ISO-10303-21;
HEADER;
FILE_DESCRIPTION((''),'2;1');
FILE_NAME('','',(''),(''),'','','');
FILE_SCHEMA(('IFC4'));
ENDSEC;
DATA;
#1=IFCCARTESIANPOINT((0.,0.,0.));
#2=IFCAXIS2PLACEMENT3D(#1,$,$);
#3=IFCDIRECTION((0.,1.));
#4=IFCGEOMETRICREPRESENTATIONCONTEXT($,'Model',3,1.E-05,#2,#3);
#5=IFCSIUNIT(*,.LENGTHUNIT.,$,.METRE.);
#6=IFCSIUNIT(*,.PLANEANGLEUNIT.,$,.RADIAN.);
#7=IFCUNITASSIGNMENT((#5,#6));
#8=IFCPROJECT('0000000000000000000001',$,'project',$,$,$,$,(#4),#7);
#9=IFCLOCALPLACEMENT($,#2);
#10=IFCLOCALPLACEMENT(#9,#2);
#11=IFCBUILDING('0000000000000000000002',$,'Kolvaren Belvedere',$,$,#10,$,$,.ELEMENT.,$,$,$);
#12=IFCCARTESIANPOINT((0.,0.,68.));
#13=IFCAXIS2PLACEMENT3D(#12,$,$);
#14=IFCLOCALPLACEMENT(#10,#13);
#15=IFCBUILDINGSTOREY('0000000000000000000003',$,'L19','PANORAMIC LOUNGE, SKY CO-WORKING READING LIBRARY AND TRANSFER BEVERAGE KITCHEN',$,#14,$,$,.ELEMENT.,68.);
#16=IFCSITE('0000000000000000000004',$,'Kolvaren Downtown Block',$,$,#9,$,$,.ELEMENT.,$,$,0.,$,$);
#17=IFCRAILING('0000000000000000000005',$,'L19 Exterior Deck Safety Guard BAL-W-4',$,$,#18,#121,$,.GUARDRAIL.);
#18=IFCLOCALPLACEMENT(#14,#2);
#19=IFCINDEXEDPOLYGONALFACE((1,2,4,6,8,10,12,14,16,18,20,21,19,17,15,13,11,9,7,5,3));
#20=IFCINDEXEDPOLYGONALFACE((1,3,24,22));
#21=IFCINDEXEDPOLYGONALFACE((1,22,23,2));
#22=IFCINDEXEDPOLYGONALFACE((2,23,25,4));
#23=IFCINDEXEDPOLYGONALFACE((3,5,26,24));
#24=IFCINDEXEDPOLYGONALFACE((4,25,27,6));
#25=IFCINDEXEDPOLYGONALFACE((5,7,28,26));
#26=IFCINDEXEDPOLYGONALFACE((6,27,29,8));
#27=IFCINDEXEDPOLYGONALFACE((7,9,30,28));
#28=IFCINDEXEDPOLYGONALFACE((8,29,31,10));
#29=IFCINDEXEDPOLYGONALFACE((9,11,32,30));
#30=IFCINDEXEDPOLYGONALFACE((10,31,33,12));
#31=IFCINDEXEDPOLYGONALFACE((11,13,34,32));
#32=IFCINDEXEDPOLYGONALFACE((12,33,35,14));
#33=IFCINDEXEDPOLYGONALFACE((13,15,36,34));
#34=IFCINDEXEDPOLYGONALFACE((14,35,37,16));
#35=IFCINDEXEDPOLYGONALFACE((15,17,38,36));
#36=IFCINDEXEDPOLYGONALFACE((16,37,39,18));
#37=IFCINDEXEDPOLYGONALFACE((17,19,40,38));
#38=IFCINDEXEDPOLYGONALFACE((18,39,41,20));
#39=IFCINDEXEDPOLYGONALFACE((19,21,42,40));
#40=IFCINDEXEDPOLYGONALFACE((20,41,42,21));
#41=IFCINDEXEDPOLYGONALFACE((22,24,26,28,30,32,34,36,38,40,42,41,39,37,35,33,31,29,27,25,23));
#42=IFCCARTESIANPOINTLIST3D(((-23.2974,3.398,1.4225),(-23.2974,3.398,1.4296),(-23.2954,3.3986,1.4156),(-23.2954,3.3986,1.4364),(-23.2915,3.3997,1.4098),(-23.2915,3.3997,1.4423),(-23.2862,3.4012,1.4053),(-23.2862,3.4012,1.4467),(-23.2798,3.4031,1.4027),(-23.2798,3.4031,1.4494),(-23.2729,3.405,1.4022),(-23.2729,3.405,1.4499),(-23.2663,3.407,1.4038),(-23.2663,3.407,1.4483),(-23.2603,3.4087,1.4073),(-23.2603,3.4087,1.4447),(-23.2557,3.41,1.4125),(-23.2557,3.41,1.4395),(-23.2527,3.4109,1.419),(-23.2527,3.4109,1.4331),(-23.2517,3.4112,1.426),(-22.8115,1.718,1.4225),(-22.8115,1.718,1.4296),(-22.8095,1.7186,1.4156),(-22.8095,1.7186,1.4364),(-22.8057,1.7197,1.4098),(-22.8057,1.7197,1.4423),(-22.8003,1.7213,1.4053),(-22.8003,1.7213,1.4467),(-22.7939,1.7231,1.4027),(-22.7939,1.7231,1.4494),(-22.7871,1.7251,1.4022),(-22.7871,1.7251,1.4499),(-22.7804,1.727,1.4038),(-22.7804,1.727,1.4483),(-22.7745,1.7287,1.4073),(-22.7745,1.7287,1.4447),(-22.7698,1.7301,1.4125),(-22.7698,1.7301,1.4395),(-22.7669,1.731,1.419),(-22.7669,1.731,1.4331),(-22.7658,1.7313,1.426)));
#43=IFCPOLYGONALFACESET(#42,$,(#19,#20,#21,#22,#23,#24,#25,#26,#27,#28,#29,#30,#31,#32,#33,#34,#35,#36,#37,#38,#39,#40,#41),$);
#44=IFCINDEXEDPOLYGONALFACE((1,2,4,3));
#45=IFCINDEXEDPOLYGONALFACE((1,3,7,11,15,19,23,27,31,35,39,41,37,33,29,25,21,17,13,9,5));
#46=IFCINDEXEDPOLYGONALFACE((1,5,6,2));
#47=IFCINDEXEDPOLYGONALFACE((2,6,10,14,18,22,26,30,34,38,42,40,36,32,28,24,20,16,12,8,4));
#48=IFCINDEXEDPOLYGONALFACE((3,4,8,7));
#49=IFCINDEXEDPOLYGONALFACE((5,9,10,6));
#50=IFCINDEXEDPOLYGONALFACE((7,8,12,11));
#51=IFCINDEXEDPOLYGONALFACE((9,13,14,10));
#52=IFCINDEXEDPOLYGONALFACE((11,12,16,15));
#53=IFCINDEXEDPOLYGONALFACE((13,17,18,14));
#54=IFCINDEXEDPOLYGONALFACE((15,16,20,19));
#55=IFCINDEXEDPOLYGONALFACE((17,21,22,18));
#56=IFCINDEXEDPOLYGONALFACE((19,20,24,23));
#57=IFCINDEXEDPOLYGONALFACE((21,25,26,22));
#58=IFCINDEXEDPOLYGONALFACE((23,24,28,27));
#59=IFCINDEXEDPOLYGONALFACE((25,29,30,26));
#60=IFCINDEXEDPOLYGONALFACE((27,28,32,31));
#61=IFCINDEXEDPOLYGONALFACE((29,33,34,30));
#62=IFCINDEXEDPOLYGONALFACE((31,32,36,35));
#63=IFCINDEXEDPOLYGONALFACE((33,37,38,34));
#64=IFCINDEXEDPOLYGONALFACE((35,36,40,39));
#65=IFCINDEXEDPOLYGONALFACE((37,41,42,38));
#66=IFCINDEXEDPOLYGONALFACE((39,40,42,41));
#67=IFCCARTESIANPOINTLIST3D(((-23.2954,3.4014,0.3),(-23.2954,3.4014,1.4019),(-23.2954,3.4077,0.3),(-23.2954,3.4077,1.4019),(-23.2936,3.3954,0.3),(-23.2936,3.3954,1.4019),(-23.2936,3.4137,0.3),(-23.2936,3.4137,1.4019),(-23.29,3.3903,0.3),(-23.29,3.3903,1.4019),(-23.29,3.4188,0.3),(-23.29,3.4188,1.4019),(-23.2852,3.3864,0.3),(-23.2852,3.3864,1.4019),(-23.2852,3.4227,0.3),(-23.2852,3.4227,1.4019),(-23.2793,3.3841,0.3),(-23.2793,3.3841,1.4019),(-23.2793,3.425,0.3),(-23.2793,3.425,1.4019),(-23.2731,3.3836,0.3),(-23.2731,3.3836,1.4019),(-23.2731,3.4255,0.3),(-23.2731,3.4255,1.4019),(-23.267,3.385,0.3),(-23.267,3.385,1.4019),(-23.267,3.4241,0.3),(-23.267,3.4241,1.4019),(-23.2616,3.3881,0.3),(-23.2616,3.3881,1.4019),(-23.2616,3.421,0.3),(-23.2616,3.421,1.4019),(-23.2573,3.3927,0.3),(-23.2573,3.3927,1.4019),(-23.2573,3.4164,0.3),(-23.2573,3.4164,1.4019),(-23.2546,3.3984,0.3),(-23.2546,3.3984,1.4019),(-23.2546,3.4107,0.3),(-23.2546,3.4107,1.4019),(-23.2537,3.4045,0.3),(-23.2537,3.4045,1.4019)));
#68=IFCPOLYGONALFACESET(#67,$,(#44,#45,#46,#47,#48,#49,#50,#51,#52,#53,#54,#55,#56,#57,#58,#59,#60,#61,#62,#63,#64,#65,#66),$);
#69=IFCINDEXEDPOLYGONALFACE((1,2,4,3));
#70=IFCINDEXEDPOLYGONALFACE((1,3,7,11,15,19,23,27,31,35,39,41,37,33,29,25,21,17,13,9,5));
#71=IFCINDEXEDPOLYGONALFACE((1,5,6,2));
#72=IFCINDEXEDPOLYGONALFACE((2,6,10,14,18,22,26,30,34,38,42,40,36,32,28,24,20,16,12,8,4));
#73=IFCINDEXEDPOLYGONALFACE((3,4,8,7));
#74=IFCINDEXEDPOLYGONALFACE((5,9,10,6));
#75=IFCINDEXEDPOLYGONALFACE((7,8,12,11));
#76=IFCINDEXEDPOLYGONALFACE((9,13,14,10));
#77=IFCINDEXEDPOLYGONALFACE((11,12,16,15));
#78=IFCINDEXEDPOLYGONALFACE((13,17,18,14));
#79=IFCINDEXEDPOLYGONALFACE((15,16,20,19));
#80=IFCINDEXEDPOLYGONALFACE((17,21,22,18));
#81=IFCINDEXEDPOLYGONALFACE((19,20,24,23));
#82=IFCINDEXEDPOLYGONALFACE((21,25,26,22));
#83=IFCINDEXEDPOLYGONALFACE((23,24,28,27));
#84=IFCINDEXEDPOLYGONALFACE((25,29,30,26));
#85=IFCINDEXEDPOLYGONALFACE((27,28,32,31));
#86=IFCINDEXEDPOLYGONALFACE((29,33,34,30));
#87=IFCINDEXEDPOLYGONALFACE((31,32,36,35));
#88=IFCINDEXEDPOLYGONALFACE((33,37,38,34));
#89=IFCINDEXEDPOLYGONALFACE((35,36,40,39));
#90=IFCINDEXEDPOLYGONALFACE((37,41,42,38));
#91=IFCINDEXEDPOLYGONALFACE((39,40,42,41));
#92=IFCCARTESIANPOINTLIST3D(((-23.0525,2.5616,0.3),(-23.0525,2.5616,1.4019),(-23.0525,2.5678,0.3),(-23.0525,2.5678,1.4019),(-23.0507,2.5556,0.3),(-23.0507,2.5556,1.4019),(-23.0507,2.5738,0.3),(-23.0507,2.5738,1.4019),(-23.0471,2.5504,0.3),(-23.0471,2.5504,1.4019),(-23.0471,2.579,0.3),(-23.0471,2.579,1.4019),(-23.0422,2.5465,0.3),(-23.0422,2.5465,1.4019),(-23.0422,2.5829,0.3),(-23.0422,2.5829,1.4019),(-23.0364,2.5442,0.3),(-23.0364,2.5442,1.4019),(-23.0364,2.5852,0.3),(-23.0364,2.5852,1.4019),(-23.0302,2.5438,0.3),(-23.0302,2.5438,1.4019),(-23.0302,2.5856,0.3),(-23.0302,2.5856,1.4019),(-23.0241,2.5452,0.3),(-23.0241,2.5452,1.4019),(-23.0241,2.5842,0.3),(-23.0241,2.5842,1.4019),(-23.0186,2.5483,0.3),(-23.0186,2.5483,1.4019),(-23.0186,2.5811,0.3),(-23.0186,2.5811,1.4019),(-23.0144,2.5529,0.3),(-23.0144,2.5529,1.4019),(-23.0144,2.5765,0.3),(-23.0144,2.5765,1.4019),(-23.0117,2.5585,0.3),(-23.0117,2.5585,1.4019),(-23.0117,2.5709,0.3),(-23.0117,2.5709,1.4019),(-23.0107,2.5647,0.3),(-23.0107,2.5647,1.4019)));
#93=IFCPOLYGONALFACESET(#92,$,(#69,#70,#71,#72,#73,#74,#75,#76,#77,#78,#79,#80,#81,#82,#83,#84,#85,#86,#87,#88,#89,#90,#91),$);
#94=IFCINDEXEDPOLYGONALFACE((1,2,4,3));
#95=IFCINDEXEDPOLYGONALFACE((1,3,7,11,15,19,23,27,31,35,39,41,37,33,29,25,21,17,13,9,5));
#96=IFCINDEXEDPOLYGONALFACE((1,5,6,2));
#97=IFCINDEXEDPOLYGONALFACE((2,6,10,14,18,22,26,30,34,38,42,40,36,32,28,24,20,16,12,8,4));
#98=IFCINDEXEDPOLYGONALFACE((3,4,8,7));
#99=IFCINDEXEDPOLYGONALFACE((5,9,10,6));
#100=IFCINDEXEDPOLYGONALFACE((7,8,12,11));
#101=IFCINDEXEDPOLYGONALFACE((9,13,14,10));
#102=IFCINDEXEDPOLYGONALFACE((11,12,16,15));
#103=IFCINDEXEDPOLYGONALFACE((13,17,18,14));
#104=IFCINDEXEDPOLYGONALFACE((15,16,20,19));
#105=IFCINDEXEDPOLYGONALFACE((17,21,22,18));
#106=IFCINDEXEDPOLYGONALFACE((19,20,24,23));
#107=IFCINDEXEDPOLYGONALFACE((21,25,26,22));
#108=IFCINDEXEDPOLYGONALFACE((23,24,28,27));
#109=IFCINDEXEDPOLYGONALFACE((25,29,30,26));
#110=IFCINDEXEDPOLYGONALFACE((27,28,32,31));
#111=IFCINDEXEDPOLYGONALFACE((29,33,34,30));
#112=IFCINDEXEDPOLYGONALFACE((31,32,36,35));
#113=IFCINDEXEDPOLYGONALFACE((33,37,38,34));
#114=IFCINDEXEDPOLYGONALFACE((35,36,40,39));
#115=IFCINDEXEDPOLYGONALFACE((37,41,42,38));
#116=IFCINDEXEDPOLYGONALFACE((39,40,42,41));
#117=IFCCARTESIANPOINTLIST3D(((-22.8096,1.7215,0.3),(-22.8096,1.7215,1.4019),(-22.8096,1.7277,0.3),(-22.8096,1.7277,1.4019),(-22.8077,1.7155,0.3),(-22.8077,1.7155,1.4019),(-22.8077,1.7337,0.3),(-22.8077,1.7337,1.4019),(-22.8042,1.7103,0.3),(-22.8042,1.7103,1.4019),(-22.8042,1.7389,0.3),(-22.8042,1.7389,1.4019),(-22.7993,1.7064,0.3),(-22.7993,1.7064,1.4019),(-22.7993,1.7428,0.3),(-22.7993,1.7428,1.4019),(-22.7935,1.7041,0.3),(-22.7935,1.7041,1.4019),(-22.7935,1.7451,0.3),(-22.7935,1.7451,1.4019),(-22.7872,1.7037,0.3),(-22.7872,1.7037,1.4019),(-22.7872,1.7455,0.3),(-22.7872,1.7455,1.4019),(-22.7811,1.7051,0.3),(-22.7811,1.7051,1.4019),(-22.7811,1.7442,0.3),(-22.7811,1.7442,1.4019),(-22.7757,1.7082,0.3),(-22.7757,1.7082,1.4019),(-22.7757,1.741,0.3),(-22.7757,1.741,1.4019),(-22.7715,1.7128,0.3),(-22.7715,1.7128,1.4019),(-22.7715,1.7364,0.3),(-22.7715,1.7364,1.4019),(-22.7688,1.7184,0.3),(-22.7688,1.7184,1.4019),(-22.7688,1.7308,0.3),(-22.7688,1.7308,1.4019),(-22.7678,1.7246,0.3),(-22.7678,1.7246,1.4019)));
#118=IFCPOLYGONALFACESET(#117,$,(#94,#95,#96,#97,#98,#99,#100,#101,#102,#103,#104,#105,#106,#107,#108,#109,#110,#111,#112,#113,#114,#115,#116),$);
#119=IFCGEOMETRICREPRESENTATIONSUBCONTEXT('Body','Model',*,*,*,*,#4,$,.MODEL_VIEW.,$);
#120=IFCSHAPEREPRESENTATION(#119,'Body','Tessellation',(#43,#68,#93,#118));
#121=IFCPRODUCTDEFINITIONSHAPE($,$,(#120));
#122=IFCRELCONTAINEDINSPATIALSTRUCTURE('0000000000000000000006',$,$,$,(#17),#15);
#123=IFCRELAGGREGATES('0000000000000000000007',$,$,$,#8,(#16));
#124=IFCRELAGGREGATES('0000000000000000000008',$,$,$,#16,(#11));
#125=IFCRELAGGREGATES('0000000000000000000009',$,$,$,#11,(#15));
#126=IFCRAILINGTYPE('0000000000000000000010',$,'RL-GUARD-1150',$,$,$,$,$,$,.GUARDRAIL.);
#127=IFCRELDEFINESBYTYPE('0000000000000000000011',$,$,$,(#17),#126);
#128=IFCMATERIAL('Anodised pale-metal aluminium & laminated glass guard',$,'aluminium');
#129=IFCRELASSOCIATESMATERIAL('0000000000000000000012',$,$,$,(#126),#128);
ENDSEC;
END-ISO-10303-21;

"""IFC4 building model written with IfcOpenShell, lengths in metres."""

from ifc_helpers import new_model, si_unit, direction, frame, origin, origin_2d, place, context, subcontext, project, spatial, circle, extrude, material, type_object, element, save


model = new_model("IFC4")

# Units and contexts
model_context = context("Model", 3, precision=1e-05, world=origin(), true_north=direction((0.0, 1.0)))
body_context = subcontext(model_context, "Body", "Model", "MODEL_VIEW")
ifc_project = project(units=[si_unit("LENGTHUNIT", "METRE"), si_unit("PLANEANGLEUNIT", "RADIAN")], contexts=[model_context])

# Site, building, storey
site_placement = place(None, origin())
site = spatial("IfcSite", under=ifc_project, at=site_placement, Name="Kolvaren Downtown Block", CompositionType="ELEMENT", RefElevation=0.0)
building_placement = place(site_placement, origin())
building = spatial("IfcBuilding", under=site, at=building_placement, Name="Kolvaren Belvedere", CompositionType="ELEMENT")
storey_placement = place(building_placement, frame((0.0, 0.0, 68.0)))
storey = spatial("IfcBuildingStorey", under=building, at=storey_placement, Name="L19", Description="PANORAMIC LOUNGE, SKY CO-WORKING READING LIBRARY AND TRANSFER BEVERAGE KITCHEN", CompositionType="ELEMENT", Elevation=68.0)

# Railing
ifc_material_1 = material(Name="Anodised pale-metal aluminium & laminated glass guard", Category="aluminium")
railing_type = type_object("IfcRailingType", Name="RL-GUARD-1150", PredefinedType="GUARDRAIL", material=ifc_material_1)
railing_1_placement = place(storey_placement, frame((-23.2747, 3.4045, 0.3)))
element("IfcRailing", 1, at=railing_1_placement, inside=storey, type_object=railing_type, Name="L19 Exterior Deck Safety Guard BAL-W-4", PredefinedType="GUARDRAIL", context=body_context, shape_type="SweptSolid", body=[
    extrude(circle(Radius=0.0239, at=origin_2d()), frame((0.0, 0.0, 1.126), z_axis=(0.277817, -0.960634, 0.0), x_axis=(0.960634, 0.277817, 0.0)), (0.0, 0.0, 1.0), 1.7488),
    extrude(circle(Radius=0.021, at=origin_2d()), origin(), (0.0, 0.0, 1.0), 1.1018),
    extrude(circle(Radius=0.021, at=origin_2d()), frame((0.2429, -0.8398, 0.0)), (0.0, 0.0, 1.0), 1.1018),
    extrude(circle(Radius=0.021, at=origin_2d()), frame((0.4858, -1.6799, 0.0)), (0.0, 0.0, 1.0), 1.1018),
])

save(model, "model.ifc")
